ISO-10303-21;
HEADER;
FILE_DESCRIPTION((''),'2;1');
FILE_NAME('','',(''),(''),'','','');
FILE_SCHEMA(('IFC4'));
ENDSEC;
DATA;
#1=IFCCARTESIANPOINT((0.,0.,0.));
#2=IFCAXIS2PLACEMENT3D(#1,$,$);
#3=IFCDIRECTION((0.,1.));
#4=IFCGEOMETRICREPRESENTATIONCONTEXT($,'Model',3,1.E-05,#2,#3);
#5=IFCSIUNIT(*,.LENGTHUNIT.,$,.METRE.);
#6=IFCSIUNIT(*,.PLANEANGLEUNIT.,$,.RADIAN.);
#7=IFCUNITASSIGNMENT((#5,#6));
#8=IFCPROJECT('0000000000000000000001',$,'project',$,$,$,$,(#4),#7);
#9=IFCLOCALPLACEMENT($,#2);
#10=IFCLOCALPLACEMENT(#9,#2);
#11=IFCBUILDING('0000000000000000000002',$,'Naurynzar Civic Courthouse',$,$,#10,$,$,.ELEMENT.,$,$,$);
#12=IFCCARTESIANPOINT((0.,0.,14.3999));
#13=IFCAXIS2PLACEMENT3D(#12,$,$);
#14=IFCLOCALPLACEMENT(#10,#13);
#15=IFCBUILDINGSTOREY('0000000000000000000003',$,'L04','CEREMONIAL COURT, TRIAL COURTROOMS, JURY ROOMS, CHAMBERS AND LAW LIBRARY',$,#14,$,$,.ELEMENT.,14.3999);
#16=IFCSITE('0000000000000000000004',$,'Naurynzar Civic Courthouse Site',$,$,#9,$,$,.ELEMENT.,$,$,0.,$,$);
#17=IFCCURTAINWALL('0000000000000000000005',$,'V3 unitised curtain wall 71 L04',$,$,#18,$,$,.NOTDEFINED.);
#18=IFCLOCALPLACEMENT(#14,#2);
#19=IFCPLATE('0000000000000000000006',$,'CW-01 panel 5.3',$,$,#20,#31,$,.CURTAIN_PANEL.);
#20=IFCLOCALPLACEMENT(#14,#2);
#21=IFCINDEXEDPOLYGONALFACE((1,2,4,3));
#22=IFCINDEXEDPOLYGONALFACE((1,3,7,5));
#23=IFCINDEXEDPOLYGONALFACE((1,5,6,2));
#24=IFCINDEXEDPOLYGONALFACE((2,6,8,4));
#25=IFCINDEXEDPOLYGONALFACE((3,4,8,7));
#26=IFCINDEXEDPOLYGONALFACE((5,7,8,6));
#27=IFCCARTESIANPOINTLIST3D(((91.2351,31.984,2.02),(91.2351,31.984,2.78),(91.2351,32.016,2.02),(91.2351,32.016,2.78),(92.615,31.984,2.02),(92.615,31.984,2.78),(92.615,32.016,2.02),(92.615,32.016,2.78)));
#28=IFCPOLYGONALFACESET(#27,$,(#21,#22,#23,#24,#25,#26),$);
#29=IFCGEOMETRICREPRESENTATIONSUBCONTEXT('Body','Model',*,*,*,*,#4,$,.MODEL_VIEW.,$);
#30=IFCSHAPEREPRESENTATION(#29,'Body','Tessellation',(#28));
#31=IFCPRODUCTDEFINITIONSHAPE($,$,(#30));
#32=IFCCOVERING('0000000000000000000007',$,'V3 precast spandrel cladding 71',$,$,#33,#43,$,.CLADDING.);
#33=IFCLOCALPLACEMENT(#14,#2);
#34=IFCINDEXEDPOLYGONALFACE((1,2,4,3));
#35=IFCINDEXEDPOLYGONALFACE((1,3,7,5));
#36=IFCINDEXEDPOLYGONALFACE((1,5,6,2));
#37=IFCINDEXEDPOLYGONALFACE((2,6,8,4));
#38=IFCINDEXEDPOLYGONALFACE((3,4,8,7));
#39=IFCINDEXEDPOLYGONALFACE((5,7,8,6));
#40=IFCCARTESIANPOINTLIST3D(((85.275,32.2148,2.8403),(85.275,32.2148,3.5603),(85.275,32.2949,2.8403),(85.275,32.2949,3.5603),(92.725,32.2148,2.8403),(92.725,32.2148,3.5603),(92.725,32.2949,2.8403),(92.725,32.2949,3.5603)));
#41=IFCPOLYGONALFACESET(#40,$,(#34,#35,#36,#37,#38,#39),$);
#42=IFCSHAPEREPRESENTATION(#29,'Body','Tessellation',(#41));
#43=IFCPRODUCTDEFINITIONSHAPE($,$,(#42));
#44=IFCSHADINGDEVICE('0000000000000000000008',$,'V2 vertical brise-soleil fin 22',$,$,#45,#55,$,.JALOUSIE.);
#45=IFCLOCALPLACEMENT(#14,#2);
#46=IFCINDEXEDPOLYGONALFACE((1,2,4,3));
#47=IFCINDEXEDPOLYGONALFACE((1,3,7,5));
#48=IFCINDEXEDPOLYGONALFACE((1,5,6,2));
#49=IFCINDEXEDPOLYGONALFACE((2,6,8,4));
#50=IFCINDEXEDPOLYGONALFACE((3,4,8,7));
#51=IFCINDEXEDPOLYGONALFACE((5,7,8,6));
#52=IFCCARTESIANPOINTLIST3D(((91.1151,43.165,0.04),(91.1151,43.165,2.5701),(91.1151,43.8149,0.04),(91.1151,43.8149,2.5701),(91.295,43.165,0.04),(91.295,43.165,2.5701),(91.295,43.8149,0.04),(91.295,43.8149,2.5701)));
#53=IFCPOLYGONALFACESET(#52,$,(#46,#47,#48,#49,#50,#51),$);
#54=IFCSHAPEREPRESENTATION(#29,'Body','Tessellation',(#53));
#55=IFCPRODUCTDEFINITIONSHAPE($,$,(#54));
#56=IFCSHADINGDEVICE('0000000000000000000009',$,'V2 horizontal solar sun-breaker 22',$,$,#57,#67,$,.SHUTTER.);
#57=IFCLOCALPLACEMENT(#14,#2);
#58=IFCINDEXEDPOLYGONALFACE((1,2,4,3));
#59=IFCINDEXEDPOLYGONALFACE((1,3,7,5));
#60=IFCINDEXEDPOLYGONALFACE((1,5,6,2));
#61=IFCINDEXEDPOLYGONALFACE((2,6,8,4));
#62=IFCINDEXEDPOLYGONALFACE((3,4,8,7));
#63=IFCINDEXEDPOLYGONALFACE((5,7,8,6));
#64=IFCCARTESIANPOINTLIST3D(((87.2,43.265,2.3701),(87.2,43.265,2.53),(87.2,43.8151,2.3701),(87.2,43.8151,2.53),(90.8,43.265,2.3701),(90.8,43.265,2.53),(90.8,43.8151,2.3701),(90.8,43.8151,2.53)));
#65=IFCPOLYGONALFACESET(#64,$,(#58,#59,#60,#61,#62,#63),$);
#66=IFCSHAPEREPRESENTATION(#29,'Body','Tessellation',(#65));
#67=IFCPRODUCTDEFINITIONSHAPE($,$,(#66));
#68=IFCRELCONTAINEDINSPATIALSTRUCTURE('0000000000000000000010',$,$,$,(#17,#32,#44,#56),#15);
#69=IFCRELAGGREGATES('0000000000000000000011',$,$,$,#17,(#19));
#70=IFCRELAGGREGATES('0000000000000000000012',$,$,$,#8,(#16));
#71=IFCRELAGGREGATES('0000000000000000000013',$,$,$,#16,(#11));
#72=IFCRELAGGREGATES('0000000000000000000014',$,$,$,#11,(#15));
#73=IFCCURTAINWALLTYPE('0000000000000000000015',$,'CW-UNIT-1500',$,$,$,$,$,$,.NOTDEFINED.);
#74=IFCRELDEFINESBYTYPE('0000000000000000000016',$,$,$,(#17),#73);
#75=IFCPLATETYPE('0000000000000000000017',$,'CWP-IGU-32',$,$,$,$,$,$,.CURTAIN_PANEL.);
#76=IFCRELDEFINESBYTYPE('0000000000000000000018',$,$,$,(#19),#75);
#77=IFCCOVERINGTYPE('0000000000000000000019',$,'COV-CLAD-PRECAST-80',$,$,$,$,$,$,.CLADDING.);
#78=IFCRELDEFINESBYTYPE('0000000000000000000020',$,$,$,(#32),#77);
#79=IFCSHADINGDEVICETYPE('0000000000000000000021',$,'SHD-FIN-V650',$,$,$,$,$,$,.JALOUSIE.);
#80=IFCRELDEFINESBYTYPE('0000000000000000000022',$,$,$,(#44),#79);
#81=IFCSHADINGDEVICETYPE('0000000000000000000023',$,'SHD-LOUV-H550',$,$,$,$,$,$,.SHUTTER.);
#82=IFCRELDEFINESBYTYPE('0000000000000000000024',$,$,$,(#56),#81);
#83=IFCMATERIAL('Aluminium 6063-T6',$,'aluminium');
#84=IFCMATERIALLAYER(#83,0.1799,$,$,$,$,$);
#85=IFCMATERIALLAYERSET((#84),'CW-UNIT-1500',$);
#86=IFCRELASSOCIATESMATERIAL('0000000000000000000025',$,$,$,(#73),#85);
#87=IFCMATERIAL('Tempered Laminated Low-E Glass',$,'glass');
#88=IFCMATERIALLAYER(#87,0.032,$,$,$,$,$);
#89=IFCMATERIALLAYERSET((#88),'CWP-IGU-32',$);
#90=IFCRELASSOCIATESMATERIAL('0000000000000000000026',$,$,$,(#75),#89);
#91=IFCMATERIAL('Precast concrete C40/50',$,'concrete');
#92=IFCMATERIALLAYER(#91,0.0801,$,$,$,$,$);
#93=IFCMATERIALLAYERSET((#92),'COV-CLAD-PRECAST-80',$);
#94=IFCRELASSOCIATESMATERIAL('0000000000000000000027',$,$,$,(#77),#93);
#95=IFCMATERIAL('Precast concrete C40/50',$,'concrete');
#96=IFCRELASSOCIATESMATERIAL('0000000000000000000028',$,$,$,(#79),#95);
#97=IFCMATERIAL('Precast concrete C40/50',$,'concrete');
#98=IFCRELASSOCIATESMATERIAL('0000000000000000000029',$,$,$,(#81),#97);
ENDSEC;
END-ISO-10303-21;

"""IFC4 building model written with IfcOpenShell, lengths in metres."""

from ifc_helpers import new_model, si_unit, direction, frame, origin, origin_2d, place, context, subcontext, project, spatial, rectangle, extrude, material, layer, layer_set, type_object, element, aggregate, save


model = new_model("IFC4")

# Units and contexts
model_context = context("Model", 3, precision=1e-05, world=origin(), true_north=direction((0.0, 1.0)))
body_context = subcontext(model_context, "Body", "Model", "MODEL_VIEW")
ifc_project = project(units=[si_unit("LENGTHUNIT", "METRE"), si_unit("PLANEANGLEUNIT", "RADIAN")], contexts=[model_context])

# Site, building, storey
site_placement = place(None, origin())
site = spatial("IfcSite", under=ifc_project, at=site_placement, Name="Naurynzar Civic Courthouse Site", CompositionType="ELEMENT", RefElevation=0.0)
building_placement = place(site_placement, origin())
building = spatial("IfcBuilding", under=site, at=building_placement, Name="Naurynzar Civic Courthouse", CompositionType="ELEMENT")
storey_placement = place(building_placement, frame((0.0, 0.0, 14.3999)))
storey = spatial("IfcBuildingStorey", under=building, at=storey_placement, Name="L04", Description="CEREMONIAL COURT, TRIAL COURTROOMS, JURY ROOMS, CHAMBERS AND LAW LIBRARY", CompositionType="ELEMENT", Elevation=14.3999)

# Curtain wall, plate
ifc_material_1 = material(Name="Aluminium 6063-T6", Category="aluminium")
ifc_layer_1 = layer(ifc_material_1, 0.1799)
ifc_layer_set_1 = layer_set([ifc_layer_1], Name="CW-UNIT-1500")
curtain_wall_type = type_object("IfcCurtainWallType", Name="CW-UNIT-1500", PredefinedType="NOTDEFINED", material=ifc_layer_set_1)
curtain_wall_placement = place(storey_placement, origin())
curtain_wall = element("IfcCurtainWall", 1, at=curtain_wall_placement, inside=storey, type_object=curtain_wall_type, Name="V3 unitised curtain wall 71 L04", PredefinedType="NOTDEFINED")
ifc_material_2 = material(Name="Tempered Laminated Low-E Glass", Category="glass")
ifc_layer_2 = layer(ifc_material_2, 0.032)
ifc_layer_set_2 = layer_set([ifc_layer_2], Name="CWP-IGU-32")
plate_type = type_object("IfcPlateType", Name="CWP-IGU-32", PredefinedType="CURTAIN_PANEL", material=ifc_layer_set_2)
plate_1_placement = place(storey_placement, frame((91.925, 32.0, 2.02), z_axis=(0.0, 0.0, 1.0), x_axis=(1.0, 0.0, 0.0)))
plate_1 = element("IfcPlate", 2, at=plate_1_placement, type_object=plate_type, Name="CW-01 panel 5.3", PredefinedType="CURTAIN_PANEL", context=body_context, shape_type="SweptSolid", body=[
    extrude(rectangle(XDim=1.3799, YDim=0.032, at=origin_2d()), origin(), (0.0, 0.0, 1.0), 0.76),
])
aggregate(curtain_wall, [plate_1])

# Covering
ifc_material_3 = material(Name="Precast concrete C40/50", Category="concrete")
ifc_layer_3 = layer(ifc_material_3, 0.0801)
ifc_layer_set_3 = layer_set([ifc_layer_3], Name="COV-CLAD-PRECAST-80")
covering_type = type_object("IfcCoveringType", Name="COV-CLAD-PRECAST-80", PredefinedType="CLADDING", material=ifc_layer_set_3)
covering_placement = place(storey_placement, frame((89.0, 32.2549, 2.8403), z_axis=(0.0, 0.0, 1.0), x_axis=(1.0, 0.0, 0.0)))
element("IfcCovering", 3, at=covering_placement, inside=storey, type_object=covering_type, Name="V3 precast spandrel cladding 71", PredefinedType="CLADDING", context=body_context, shape_type="SweptSolid", body=[
    extrude(rectangle(XDim=7.45, YDim=0.0801, at=origin_2d()), origin(), (0.0, 0.0, 1.0), 0.72),
])

# Shading devices
ifc_material_4 = material(Name="Precast concrete C40/50", Category="concrete")
shading_device_type_1 = type_object("IfcShadingDeviceType", Name="SHD-FIN-V650", PredefinedType="JALOUSIE", material=ifc_material_4)
shading_device_1_placement = place(storey_placement, frame((91.2051, 43.49, 0.04), z_axis=(0.0, 0.0, 1.0), x_axis=(-1.0, 0.0, 0.0)))
element("IfcShadingDevice", 4, at=shading_device_1_placement, inside=storey, type_object=shading_device_type_1, Name="V2 vertical brise-soleil fin 22", PredefinedType="JALOUSIE", context=body_context, shape_type="SweptSolid", body=[
    extrude(rectangle(XDim=0.1799, YDim=0.6499, at=origin_2d()), origin(), (0.0, 0.0, 1.0), 2.53),
])
ifc_material_5 = material(Name="Precast concrete C40/50", Category="concrete")
shading_device_type_2 = type_object("IfcShadingDeviceType", Name="SHD-LOUV-H550", PredefinedType="SHUTTER", material=ifc_material_5)
shading_device_2_placement = place(storey_placement, frame((89.0, 43.54, 2.3701), z_axis=(0.0, 0.0, 1.0), x_axis=(-1.0, 0.0, 0.0)))
element("IfcShadingDevice", 5, at=shading_device_2_placement, inside=storey, type_object=shading_device_type_2, Name="V2 horizontal solar sun-breaker 22", PredefinedType="SHUTTER", context=body_context, shape_type="SweptSolid", body=[
    extrude(rectangle(XDim=3.6001, YDim=0.55, at=origin_2d()), origin(), (0.0, 0.0, 1.0), 0.1599),
])

save(model, "model.ifc")
